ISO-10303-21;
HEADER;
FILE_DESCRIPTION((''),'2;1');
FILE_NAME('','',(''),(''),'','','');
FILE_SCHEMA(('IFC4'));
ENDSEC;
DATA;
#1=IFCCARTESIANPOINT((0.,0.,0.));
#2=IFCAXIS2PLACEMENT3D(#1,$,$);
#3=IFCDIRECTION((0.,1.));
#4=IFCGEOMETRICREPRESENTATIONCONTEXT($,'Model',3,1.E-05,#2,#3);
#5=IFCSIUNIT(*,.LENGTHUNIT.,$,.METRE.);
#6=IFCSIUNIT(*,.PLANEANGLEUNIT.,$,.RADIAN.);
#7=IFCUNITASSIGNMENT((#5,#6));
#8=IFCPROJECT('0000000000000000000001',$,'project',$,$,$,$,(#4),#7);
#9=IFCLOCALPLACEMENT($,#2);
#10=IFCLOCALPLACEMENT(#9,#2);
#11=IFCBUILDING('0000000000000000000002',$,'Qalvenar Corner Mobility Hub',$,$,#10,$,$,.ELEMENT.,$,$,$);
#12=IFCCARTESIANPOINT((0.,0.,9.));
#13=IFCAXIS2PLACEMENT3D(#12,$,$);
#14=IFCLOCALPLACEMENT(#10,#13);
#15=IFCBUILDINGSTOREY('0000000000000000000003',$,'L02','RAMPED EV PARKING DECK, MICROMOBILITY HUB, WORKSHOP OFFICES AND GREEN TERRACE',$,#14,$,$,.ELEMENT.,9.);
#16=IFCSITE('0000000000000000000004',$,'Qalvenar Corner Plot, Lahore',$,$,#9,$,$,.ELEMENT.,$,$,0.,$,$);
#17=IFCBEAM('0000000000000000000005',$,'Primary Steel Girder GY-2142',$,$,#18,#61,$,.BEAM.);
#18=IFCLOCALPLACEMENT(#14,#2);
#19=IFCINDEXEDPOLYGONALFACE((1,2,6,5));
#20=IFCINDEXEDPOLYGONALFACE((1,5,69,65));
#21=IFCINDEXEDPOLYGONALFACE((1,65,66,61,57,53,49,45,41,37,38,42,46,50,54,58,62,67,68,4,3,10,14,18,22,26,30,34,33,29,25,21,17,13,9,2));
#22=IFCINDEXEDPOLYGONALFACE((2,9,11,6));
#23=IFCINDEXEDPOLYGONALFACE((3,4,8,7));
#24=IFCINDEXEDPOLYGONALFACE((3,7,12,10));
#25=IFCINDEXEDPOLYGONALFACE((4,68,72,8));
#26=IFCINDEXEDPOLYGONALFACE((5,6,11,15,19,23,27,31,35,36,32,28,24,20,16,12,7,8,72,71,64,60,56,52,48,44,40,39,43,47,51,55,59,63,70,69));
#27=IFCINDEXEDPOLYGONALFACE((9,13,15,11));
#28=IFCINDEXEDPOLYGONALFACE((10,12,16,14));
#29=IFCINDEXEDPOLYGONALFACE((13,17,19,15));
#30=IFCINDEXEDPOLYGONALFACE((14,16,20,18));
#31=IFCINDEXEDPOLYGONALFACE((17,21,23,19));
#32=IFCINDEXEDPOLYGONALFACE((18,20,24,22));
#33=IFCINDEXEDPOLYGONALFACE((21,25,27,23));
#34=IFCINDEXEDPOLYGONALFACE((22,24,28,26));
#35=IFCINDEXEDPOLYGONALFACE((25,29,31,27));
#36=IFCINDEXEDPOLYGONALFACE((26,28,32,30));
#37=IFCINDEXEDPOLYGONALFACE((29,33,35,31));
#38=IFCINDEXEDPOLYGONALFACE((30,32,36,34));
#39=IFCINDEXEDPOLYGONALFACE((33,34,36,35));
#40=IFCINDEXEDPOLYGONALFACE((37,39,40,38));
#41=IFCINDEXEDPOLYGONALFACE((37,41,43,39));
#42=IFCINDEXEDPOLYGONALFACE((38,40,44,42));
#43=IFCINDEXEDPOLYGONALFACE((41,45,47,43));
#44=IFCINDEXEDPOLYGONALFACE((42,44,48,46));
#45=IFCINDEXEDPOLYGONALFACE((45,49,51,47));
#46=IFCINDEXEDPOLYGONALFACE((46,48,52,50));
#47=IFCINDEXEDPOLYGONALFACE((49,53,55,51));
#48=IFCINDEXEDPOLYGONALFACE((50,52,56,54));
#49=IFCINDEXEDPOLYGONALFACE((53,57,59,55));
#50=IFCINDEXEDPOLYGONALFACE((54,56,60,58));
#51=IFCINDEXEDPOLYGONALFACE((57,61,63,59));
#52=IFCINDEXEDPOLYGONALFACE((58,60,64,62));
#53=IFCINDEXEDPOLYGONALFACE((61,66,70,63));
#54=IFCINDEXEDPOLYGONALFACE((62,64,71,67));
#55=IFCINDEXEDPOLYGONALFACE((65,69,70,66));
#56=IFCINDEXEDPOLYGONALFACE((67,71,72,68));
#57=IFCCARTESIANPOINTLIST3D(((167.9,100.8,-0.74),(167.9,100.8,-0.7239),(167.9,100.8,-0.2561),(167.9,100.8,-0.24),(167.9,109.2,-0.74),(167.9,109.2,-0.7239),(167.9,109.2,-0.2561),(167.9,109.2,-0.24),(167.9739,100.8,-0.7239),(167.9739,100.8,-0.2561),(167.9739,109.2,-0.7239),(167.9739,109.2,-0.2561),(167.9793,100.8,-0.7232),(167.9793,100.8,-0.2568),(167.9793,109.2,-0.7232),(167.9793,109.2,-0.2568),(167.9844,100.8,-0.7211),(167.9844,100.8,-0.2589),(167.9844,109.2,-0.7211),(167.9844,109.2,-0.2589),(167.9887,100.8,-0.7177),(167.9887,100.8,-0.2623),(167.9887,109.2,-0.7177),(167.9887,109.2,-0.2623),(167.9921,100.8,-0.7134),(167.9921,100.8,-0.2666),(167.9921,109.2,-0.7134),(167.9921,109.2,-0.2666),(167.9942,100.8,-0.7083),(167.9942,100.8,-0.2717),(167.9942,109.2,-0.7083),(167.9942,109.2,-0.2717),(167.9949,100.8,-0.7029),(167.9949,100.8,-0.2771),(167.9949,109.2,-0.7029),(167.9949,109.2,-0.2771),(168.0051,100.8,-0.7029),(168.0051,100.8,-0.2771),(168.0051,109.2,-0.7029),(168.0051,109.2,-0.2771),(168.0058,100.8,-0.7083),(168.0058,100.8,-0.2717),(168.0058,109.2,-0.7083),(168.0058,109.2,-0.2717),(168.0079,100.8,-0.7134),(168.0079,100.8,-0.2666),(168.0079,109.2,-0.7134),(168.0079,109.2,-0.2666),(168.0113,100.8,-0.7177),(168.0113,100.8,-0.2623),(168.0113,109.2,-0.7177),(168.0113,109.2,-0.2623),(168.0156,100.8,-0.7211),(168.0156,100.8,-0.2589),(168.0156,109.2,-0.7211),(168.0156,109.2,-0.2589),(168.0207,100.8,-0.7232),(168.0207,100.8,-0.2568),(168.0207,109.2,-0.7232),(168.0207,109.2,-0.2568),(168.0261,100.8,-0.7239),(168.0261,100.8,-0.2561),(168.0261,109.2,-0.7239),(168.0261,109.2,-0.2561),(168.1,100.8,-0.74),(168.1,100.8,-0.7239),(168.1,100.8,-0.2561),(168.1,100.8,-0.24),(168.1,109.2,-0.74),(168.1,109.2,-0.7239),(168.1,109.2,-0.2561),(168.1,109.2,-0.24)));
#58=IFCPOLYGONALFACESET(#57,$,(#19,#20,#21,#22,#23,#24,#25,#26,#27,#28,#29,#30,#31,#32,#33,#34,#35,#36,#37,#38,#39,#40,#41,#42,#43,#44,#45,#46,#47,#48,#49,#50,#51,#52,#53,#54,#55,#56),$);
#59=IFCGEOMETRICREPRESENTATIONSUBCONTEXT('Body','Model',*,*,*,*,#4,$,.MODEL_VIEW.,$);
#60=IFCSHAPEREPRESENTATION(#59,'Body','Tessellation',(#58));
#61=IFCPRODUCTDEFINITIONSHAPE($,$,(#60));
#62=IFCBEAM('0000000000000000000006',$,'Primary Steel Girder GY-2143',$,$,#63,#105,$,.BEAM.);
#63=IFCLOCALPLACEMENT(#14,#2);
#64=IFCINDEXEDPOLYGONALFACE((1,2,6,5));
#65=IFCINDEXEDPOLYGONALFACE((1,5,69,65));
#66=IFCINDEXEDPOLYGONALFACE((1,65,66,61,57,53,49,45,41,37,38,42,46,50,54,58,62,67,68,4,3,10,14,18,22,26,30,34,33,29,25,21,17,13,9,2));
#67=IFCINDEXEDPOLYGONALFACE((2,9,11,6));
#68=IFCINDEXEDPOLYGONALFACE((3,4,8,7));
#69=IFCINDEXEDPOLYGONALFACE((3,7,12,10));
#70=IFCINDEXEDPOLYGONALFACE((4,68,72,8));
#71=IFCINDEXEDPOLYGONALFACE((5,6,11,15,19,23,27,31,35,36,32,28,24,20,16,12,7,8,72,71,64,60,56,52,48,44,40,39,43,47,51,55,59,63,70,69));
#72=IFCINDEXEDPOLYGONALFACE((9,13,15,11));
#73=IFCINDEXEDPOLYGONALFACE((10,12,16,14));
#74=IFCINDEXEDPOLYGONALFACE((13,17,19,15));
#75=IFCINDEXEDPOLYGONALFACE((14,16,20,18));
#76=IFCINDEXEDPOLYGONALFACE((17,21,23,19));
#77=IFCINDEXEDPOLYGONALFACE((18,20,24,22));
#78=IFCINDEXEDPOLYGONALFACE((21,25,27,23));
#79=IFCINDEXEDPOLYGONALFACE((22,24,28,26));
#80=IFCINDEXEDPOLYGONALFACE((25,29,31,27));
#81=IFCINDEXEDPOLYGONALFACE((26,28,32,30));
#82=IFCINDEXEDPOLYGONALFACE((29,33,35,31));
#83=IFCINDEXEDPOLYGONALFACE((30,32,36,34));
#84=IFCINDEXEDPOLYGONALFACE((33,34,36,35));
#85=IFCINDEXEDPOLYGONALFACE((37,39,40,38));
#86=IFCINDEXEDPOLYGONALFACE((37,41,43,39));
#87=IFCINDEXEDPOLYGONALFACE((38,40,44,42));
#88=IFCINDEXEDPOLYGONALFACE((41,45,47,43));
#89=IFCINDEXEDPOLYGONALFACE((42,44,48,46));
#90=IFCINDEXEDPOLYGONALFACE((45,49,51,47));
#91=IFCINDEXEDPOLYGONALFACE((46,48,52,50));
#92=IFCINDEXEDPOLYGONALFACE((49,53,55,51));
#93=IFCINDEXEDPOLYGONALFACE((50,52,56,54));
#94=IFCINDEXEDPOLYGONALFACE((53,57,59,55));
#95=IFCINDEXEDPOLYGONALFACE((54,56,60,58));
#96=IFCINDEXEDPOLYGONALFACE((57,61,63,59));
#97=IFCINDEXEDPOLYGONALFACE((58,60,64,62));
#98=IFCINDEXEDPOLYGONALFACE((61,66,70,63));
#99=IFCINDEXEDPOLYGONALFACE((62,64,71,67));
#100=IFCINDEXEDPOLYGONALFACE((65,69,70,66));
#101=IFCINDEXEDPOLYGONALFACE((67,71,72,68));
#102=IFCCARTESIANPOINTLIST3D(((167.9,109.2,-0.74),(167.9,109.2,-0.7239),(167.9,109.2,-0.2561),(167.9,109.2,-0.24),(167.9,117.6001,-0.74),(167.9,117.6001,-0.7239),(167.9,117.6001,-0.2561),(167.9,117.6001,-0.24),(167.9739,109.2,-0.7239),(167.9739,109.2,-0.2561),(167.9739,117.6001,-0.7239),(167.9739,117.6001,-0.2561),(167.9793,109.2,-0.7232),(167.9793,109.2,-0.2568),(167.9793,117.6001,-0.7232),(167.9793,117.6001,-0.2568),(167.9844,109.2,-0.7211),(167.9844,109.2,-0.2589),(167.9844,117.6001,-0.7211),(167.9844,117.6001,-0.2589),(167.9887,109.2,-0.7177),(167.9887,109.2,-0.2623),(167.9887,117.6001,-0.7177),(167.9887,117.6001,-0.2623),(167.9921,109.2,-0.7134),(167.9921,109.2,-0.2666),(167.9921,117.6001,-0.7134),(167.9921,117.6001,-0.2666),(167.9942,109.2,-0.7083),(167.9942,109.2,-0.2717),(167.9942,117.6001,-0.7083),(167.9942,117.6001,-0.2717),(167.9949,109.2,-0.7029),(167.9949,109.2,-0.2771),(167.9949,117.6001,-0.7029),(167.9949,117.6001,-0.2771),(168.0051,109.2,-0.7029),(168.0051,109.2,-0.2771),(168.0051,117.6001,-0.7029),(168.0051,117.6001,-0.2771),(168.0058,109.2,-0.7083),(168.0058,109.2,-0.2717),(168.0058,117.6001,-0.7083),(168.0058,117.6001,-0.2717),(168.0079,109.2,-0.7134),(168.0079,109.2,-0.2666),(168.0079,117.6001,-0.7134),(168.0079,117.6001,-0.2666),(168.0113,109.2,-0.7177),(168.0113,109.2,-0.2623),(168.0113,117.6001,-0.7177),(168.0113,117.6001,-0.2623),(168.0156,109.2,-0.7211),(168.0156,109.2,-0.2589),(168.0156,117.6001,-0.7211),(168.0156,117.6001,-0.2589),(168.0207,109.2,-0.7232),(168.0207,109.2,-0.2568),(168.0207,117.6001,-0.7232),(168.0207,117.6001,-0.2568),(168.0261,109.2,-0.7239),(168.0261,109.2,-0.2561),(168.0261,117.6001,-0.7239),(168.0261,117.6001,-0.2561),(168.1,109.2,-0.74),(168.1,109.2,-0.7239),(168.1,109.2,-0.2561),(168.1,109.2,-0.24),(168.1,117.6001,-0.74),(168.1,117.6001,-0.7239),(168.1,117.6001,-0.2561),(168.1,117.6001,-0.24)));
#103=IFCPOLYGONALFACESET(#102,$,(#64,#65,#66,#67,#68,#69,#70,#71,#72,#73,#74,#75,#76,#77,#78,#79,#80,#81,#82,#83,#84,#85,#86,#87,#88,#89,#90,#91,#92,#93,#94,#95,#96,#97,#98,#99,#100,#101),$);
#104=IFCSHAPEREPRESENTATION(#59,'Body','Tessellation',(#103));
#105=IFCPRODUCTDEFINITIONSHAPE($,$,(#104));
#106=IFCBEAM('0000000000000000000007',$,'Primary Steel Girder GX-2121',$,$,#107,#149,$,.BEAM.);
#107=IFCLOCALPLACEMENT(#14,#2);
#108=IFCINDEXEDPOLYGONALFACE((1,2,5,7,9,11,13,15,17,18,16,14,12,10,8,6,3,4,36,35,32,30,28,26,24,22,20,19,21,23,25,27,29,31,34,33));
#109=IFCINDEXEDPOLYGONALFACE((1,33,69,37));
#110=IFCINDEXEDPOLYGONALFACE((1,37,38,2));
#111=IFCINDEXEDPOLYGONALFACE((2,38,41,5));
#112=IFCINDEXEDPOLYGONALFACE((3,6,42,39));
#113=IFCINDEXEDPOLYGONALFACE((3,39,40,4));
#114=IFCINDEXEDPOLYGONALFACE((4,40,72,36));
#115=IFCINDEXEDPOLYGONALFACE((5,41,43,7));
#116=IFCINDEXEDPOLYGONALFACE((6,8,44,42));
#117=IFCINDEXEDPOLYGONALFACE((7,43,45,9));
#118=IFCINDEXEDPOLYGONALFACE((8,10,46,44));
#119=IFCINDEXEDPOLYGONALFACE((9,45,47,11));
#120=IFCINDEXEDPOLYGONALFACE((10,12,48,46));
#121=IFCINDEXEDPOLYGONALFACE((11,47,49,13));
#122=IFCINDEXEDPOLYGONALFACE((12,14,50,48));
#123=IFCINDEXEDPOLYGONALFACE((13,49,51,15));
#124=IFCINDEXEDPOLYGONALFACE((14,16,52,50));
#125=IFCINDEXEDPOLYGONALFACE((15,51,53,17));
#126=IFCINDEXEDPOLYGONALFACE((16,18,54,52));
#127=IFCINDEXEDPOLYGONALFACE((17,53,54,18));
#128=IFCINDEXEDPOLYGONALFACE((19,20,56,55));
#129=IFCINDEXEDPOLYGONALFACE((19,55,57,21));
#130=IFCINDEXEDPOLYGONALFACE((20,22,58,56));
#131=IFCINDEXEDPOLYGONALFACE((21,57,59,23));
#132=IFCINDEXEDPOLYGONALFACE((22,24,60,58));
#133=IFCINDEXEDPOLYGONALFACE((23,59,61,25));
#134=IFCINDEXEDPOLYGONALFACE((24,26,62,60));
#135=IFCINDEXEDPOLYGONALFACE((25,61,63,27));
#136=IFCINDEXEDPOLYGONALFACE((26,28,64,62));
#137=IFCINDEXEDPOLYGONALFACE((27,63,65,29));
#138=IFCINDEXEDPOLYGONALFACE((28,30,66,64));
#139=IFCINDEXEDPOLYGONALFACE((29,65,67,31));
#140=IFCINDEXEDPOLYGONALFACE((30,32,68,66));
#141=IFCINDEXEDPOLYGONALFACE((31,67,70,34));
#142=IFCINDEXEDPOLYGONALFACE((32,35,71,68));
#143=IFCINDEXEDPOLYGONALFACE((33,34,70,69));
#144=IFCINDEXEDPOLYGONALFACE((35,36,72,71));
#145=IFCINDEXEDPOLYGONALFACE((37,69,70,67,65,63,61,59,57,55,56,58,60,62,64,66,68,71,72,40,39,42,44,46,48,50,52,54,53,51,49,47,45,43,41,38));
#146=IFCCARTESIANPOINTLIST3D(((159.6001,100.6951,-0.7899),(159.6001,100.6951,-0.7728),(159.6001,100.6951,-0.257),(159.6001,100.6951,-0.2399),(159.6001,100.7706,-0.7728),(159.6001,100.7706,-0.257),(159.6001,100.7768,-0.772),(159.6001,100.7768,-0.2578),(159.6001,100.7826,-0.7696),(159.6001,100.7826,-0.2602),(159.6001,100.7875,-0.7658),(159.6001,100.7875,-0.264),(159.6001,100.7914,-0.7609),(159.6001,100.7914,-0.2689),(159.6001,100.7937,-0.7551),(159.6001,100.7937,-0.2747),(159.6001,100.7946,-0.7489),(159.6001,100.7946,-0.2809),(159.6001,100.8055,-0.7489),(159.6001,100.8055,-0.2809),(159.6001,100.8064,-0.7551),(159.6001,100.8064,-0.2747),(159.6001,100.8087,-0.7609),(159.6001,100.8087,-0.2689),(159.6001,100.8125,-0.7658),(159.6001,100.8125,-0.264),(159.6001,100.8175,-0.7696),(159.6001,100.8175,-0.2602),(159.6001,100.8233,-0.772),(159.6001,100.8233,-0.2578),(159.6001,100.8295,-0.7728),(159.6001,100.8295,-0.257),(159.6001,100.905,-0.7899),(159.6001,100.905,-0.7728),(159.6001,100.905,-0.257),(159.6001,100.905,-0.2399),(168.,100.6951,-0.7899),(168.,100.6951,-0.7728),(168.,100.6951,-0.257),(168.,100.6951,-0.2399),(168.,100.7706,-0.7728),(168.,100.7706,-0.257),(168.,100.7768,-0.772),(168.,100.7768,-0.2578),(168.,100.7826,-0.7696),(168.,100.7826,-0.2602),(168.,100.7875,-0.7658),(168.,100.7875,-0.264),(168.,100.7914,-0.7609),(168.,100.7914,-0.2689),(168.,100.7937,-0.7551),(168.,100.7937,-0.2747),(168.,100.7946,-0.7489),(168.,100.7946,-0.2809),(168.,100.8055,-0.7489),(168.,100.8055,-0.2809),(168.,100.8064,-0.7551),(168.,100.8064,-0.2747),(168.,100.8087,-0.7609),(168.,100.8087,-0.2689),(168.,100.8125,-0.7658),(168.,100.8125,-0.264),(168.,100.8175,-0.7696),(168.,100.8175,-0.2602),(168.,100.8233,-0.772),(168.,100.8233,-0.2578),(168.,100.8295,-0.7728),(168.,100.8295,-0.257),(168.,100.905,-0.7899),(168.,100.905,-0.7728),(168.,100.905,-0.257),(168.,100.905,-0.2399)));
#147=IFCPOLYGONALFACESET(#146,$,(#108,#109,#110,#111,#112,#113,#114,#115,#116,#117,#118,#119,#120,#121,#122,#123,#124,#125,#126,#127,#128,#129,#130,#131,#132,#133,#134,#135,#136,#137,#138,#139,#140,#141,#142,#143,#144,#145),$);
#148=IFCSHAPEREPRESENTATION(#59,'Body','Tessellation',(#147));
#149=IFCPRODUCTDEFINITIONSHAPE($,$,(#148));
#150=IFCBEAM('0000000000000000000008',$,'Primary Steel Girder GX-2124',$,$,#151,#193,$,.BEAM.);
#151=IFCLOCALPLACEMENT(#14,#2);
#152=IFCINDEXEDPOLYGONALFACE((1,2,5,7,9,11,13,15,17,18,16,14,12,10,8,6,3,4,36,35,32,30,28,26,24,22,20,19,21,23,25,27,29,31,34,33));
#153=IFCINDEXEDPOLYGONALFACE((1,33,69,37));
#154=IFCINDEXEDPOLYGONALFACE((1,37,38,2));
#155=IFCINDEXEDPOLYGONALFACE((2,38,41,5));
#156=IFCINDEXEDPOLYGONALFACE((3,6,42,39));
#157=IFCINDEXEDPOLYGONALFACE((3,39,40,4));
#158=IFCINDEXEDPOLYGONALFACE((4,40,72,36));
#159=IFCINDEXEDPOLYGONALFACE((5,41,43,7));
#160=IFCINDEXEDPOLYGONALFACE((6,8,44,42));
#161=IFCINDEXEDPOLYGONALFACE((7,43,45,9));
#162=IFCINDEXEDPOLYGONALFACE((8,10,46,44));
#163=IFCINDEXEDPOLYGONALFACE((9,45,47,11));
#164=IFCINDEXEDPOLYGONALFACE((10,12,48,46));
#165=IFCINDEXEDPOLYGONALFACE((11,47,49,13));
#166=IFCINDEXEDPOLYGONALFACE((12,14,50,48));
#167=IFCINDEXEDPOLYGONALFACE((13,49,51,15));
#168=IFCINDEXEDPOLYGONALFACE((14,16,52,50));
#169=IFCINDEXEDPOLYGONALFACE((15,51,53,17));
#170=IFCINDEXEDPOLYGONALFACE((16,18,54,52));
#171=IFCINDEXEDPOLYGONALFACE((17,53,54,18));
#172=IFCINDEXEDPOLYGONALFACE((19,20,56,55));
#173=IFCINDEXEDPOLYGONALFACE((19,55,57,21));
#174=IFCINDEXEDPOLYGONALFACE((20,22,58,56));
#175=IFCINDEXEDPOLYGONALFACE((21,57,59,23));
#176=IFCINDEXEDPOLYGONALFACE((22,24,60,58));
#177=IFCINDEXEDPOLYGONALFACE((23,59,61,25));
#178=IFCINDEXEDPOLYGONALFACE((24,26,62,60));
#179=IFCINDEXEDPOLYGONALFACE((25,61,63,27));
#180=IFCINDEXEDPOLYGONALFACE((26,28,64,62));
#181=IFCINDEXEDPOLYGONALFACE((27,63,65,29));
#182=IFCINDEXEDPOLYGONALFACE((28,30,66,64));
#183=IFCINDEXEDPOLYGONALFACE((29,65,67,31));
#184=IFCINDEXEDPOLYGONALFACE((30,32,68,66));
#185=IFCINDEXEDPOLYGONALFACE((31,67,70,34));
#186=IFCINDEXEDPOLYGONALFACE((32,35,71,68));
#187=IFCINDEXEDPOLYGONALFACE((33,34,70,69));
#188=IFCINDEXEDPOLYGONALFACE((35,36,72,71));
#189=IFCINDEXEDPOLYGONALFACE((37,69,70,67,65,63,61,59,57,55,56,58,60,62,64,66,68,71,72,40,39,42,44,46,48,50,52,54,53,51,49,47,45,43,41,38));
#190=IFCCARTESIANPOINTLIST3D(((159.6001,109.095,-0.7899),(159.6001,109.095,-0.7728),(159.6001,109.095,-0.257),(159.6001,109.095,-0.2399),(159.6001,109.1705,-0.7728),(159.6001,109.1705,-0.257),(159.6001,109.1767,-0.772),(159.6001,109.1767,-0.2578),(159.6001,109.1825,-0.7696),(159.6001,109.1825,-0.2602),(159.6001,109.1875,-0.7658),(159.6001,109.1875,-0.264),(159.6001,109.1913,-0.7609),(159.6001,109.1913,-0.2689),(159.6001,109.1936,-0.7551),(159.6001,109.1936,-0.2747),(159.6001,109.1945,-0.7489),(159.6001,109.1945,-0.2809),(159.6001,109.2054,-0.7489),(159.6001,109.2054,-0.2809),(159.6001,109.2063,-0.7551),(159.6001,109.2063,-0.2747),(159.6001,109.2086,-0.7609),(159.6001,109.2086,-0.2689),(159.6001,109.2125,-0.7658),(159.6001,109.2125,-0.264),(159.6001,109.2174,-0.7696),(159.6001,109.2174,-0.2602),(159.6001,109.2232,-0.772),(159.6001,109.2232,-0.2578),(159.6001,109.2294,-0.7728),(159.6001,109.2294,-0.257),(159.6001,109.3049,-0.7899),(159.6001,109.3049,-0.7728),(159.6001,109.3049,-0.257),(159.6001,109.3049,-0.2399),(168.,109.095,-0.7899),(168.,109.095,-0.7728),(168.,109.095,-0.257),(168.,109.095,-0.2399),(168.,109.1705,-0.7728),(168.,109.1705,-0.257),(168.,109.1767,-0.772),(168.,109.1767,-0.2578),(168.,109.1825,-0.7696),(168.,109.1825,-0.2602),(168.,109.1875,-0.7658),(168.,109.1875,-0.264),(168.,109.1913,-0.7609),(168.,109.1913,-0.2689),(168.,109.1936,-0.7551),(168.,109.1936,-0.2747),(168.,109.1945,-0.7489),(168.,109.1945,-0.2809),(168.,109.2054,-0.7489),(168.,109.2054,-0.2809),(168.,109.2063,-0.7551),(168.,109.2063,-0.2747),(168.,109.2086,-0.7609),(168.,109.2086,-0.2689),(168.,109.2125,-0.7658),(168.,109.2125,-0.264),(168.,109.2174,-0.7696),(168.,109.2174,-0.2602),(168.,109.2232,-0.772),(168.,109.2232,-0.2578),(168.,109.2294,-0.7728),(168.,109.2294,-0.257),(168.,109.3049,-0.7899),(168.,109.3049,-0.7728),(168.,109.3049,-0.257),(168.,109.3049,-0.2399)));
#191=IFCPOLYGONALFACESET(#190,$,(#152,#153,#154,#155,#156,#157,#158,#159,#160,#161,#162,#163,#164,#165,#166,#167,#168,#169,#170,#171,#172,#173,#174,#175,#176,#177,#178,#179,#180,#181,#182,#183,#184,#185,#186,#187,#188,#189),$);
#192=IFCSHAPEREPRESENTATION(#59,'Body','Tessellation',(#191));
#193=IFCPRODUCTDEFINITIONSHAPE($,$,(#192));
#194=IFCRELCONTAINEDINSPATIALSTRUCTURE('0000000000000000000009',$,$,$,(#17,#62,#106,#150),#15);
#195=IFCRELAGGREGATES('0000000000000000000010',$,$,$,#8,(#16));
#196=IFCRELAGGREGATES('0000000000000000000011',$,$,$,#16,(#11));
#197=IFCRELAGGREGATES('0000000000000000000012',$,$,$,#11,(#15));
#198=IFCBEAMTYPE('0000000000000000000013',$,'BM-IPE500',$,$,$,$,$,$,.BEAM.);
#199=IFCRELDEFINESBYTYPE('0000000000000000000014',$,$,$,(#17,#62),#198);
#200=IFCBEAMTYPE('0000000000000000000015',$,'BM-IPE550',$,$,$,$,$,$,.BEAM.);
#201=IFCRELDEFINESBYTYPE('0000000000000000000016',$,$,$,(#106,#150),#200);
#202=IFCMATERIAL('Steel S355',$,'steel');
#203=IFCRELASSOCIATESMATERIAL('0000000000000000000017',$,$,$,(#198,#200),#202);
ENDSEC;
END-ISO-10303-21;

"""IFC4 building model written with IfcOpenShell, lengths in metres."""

from ifc_helpers import new_model, si_unit, direction, frame, origin, origin_2d, place, context, subcontext, project, spatial, i_section, extrude, material, material_profile, profile_set, type_object, element, save


model = new_model("IFC4")

# Units and contexts
model_context = context("Model", 3, precision=1e-05, world=origin(), true_north=direction((0.0, 1.0)))
body_context = subcontext(model_context, "Body", "Model", "MODEL_VIEW")
ifc_project = project(units=[si_unit("LENGTHUNIT", "METRE"), si_unit("PLANEANGLEUNIT", "RADIAN")], contexts=[model_context])

# Site, building, storey
site_placement = place(None, origin())
site = spatial("IfcSite", under=ifc_project, at=site_placement, Name="Qalvenar Corner Plot, Lahore", CompositionType="ELEMENT", RefElevation=0.0)
building_placement = place(site_placement, origin())
building = spatial("IfcBuilding", under=site, at=building_placement, Name="Qalvenar Corner Mobility Hub", CompositionType="ELEMENT")
storey_placement = place(building_placement, frame((0.0, 0.0, 9.0)))
storey = spatial("IfcBuildingStorey", under=building, at=storey_placement, Name="L02", Description="RAMPED EV PARKING DECK, MICROMOBILITY HUB, WORKSHOP OFFICES AND GREEN TERRACE", CompositionType="ELEMENT", Elevation=9.0)

# Shared definitions
ifc_material_1 = material(Name="Steel S355", Category="steel")

# Beams
ifc_material_profile_1 = material_profile(ifc_material_1, i_section(OverallWidth=0.2, OverallDepth=0.5, WebThickness=0.0103, FlangeThickness=0.0161, FilletRadius=0.021, at=origin_2d()), Name="IPE500")
ifc_profile_set_1 = profile_set([ifc_material_profile_1], Name="Steel S355")
beam_type_1 = type_object("IfcBeamType", Name="BM-IPE500", PredefinedType="BEAM", material=ifc_profile_set_1)
beam_1_placement = place(storey_placement, frame((168.0, 100.8, -0.49), z_axis=(0.0, 1.0, 0.0), x_axis=(-1.0, 0.0, 0.0)))
element("IfcBeam", 1, at=beam_1_placement, inside=storey, type_object=beam_type_1, Name="Primary Steel Girder GY-2142", PredefinedType="BEAM", context=body_context, shape_type="SweptSolid", body=[
    extrude(i_section(OverallWidth=0.2, OverallDepth=0.5, WebThickness=0.0103, FlangeThickness=0.0161, FilletRadius=0.021, at=origin_2d()), origin(), (0.0, 0.0, 1.0), 8.3999),
])
beam_2_placement = place(storey_placement, frame((168.0, 109.2, -0.49), z_axis=(0.0, 1.0, 0.0), x_axis=(-1.0, 0.0, 0.0)))
element("IfcBeam", 2, at=beam_2_placement, inside=storey, type_object=beam_type_1, Name="Primary Steel Girder GY-2143", PredefinedType="BEAM", context=body_context, shape_type="SweptSolid", body=[
    extrude(i_section(OverallWidth=0.2, OverallDepth=0.5, WebThickness=0.0103, FlangeThickness=0.0161, FilletRadius=0.021, at=origin_2d()), origin(), (0.0, 0.0, 1.0), 8.4001),
])
ifc_material_profile_2 = material_profile(ifc_material_1, i_section(OverallWidth=0.21, OverallDepth=0.55, WebThickness=0.011, FlangeThickness=0.0171, FilletRadius=0.0239, at=origin_2d()), Name="IPE550")
ifc_profile_set_2 = profile_set([ifc_material_profile_2], Name="Steel S355")
beam_type_2 = type_object("IfcBeamType", Name="BM-IPE550", PredefinedType="BEAM", material=ifc_profile_set_2)
for number, where, z_axis, x_axis, name in (
    (3, (159.6001, 100.8, -0.5149), (1.0, 0.0, 0.0), (0.0, 1.0, 0.0), "Primary Steel Girder GX-2121"),
    (4, (159.6001, 109.2, -0.5149), (1.0, 0.0, 0.0), (0.0, 1.0, 0.0), "Primary Steel Girder GX-2124"),
):
    element("IfcBeam", number, at=place(storey_placement, frame(where, z_axis=z_axis, x_axis=x_axis)), inside=storey, type_object=beam_type_2, Name=name, PredefinedType="BEAM", context=body_context, shape_type="SweptSolid", body=[
        extrude(i_section(OverallWidth=0.21, OverallDepth=0.55, WebThickness=0.011, FlangeThickness=0.0171, FilletRadius=0.0239, at=origin_2d()), origin(), (0.0, 0.0, 1.0), 8.3999),
    ])

save(model, "model.ifc")
